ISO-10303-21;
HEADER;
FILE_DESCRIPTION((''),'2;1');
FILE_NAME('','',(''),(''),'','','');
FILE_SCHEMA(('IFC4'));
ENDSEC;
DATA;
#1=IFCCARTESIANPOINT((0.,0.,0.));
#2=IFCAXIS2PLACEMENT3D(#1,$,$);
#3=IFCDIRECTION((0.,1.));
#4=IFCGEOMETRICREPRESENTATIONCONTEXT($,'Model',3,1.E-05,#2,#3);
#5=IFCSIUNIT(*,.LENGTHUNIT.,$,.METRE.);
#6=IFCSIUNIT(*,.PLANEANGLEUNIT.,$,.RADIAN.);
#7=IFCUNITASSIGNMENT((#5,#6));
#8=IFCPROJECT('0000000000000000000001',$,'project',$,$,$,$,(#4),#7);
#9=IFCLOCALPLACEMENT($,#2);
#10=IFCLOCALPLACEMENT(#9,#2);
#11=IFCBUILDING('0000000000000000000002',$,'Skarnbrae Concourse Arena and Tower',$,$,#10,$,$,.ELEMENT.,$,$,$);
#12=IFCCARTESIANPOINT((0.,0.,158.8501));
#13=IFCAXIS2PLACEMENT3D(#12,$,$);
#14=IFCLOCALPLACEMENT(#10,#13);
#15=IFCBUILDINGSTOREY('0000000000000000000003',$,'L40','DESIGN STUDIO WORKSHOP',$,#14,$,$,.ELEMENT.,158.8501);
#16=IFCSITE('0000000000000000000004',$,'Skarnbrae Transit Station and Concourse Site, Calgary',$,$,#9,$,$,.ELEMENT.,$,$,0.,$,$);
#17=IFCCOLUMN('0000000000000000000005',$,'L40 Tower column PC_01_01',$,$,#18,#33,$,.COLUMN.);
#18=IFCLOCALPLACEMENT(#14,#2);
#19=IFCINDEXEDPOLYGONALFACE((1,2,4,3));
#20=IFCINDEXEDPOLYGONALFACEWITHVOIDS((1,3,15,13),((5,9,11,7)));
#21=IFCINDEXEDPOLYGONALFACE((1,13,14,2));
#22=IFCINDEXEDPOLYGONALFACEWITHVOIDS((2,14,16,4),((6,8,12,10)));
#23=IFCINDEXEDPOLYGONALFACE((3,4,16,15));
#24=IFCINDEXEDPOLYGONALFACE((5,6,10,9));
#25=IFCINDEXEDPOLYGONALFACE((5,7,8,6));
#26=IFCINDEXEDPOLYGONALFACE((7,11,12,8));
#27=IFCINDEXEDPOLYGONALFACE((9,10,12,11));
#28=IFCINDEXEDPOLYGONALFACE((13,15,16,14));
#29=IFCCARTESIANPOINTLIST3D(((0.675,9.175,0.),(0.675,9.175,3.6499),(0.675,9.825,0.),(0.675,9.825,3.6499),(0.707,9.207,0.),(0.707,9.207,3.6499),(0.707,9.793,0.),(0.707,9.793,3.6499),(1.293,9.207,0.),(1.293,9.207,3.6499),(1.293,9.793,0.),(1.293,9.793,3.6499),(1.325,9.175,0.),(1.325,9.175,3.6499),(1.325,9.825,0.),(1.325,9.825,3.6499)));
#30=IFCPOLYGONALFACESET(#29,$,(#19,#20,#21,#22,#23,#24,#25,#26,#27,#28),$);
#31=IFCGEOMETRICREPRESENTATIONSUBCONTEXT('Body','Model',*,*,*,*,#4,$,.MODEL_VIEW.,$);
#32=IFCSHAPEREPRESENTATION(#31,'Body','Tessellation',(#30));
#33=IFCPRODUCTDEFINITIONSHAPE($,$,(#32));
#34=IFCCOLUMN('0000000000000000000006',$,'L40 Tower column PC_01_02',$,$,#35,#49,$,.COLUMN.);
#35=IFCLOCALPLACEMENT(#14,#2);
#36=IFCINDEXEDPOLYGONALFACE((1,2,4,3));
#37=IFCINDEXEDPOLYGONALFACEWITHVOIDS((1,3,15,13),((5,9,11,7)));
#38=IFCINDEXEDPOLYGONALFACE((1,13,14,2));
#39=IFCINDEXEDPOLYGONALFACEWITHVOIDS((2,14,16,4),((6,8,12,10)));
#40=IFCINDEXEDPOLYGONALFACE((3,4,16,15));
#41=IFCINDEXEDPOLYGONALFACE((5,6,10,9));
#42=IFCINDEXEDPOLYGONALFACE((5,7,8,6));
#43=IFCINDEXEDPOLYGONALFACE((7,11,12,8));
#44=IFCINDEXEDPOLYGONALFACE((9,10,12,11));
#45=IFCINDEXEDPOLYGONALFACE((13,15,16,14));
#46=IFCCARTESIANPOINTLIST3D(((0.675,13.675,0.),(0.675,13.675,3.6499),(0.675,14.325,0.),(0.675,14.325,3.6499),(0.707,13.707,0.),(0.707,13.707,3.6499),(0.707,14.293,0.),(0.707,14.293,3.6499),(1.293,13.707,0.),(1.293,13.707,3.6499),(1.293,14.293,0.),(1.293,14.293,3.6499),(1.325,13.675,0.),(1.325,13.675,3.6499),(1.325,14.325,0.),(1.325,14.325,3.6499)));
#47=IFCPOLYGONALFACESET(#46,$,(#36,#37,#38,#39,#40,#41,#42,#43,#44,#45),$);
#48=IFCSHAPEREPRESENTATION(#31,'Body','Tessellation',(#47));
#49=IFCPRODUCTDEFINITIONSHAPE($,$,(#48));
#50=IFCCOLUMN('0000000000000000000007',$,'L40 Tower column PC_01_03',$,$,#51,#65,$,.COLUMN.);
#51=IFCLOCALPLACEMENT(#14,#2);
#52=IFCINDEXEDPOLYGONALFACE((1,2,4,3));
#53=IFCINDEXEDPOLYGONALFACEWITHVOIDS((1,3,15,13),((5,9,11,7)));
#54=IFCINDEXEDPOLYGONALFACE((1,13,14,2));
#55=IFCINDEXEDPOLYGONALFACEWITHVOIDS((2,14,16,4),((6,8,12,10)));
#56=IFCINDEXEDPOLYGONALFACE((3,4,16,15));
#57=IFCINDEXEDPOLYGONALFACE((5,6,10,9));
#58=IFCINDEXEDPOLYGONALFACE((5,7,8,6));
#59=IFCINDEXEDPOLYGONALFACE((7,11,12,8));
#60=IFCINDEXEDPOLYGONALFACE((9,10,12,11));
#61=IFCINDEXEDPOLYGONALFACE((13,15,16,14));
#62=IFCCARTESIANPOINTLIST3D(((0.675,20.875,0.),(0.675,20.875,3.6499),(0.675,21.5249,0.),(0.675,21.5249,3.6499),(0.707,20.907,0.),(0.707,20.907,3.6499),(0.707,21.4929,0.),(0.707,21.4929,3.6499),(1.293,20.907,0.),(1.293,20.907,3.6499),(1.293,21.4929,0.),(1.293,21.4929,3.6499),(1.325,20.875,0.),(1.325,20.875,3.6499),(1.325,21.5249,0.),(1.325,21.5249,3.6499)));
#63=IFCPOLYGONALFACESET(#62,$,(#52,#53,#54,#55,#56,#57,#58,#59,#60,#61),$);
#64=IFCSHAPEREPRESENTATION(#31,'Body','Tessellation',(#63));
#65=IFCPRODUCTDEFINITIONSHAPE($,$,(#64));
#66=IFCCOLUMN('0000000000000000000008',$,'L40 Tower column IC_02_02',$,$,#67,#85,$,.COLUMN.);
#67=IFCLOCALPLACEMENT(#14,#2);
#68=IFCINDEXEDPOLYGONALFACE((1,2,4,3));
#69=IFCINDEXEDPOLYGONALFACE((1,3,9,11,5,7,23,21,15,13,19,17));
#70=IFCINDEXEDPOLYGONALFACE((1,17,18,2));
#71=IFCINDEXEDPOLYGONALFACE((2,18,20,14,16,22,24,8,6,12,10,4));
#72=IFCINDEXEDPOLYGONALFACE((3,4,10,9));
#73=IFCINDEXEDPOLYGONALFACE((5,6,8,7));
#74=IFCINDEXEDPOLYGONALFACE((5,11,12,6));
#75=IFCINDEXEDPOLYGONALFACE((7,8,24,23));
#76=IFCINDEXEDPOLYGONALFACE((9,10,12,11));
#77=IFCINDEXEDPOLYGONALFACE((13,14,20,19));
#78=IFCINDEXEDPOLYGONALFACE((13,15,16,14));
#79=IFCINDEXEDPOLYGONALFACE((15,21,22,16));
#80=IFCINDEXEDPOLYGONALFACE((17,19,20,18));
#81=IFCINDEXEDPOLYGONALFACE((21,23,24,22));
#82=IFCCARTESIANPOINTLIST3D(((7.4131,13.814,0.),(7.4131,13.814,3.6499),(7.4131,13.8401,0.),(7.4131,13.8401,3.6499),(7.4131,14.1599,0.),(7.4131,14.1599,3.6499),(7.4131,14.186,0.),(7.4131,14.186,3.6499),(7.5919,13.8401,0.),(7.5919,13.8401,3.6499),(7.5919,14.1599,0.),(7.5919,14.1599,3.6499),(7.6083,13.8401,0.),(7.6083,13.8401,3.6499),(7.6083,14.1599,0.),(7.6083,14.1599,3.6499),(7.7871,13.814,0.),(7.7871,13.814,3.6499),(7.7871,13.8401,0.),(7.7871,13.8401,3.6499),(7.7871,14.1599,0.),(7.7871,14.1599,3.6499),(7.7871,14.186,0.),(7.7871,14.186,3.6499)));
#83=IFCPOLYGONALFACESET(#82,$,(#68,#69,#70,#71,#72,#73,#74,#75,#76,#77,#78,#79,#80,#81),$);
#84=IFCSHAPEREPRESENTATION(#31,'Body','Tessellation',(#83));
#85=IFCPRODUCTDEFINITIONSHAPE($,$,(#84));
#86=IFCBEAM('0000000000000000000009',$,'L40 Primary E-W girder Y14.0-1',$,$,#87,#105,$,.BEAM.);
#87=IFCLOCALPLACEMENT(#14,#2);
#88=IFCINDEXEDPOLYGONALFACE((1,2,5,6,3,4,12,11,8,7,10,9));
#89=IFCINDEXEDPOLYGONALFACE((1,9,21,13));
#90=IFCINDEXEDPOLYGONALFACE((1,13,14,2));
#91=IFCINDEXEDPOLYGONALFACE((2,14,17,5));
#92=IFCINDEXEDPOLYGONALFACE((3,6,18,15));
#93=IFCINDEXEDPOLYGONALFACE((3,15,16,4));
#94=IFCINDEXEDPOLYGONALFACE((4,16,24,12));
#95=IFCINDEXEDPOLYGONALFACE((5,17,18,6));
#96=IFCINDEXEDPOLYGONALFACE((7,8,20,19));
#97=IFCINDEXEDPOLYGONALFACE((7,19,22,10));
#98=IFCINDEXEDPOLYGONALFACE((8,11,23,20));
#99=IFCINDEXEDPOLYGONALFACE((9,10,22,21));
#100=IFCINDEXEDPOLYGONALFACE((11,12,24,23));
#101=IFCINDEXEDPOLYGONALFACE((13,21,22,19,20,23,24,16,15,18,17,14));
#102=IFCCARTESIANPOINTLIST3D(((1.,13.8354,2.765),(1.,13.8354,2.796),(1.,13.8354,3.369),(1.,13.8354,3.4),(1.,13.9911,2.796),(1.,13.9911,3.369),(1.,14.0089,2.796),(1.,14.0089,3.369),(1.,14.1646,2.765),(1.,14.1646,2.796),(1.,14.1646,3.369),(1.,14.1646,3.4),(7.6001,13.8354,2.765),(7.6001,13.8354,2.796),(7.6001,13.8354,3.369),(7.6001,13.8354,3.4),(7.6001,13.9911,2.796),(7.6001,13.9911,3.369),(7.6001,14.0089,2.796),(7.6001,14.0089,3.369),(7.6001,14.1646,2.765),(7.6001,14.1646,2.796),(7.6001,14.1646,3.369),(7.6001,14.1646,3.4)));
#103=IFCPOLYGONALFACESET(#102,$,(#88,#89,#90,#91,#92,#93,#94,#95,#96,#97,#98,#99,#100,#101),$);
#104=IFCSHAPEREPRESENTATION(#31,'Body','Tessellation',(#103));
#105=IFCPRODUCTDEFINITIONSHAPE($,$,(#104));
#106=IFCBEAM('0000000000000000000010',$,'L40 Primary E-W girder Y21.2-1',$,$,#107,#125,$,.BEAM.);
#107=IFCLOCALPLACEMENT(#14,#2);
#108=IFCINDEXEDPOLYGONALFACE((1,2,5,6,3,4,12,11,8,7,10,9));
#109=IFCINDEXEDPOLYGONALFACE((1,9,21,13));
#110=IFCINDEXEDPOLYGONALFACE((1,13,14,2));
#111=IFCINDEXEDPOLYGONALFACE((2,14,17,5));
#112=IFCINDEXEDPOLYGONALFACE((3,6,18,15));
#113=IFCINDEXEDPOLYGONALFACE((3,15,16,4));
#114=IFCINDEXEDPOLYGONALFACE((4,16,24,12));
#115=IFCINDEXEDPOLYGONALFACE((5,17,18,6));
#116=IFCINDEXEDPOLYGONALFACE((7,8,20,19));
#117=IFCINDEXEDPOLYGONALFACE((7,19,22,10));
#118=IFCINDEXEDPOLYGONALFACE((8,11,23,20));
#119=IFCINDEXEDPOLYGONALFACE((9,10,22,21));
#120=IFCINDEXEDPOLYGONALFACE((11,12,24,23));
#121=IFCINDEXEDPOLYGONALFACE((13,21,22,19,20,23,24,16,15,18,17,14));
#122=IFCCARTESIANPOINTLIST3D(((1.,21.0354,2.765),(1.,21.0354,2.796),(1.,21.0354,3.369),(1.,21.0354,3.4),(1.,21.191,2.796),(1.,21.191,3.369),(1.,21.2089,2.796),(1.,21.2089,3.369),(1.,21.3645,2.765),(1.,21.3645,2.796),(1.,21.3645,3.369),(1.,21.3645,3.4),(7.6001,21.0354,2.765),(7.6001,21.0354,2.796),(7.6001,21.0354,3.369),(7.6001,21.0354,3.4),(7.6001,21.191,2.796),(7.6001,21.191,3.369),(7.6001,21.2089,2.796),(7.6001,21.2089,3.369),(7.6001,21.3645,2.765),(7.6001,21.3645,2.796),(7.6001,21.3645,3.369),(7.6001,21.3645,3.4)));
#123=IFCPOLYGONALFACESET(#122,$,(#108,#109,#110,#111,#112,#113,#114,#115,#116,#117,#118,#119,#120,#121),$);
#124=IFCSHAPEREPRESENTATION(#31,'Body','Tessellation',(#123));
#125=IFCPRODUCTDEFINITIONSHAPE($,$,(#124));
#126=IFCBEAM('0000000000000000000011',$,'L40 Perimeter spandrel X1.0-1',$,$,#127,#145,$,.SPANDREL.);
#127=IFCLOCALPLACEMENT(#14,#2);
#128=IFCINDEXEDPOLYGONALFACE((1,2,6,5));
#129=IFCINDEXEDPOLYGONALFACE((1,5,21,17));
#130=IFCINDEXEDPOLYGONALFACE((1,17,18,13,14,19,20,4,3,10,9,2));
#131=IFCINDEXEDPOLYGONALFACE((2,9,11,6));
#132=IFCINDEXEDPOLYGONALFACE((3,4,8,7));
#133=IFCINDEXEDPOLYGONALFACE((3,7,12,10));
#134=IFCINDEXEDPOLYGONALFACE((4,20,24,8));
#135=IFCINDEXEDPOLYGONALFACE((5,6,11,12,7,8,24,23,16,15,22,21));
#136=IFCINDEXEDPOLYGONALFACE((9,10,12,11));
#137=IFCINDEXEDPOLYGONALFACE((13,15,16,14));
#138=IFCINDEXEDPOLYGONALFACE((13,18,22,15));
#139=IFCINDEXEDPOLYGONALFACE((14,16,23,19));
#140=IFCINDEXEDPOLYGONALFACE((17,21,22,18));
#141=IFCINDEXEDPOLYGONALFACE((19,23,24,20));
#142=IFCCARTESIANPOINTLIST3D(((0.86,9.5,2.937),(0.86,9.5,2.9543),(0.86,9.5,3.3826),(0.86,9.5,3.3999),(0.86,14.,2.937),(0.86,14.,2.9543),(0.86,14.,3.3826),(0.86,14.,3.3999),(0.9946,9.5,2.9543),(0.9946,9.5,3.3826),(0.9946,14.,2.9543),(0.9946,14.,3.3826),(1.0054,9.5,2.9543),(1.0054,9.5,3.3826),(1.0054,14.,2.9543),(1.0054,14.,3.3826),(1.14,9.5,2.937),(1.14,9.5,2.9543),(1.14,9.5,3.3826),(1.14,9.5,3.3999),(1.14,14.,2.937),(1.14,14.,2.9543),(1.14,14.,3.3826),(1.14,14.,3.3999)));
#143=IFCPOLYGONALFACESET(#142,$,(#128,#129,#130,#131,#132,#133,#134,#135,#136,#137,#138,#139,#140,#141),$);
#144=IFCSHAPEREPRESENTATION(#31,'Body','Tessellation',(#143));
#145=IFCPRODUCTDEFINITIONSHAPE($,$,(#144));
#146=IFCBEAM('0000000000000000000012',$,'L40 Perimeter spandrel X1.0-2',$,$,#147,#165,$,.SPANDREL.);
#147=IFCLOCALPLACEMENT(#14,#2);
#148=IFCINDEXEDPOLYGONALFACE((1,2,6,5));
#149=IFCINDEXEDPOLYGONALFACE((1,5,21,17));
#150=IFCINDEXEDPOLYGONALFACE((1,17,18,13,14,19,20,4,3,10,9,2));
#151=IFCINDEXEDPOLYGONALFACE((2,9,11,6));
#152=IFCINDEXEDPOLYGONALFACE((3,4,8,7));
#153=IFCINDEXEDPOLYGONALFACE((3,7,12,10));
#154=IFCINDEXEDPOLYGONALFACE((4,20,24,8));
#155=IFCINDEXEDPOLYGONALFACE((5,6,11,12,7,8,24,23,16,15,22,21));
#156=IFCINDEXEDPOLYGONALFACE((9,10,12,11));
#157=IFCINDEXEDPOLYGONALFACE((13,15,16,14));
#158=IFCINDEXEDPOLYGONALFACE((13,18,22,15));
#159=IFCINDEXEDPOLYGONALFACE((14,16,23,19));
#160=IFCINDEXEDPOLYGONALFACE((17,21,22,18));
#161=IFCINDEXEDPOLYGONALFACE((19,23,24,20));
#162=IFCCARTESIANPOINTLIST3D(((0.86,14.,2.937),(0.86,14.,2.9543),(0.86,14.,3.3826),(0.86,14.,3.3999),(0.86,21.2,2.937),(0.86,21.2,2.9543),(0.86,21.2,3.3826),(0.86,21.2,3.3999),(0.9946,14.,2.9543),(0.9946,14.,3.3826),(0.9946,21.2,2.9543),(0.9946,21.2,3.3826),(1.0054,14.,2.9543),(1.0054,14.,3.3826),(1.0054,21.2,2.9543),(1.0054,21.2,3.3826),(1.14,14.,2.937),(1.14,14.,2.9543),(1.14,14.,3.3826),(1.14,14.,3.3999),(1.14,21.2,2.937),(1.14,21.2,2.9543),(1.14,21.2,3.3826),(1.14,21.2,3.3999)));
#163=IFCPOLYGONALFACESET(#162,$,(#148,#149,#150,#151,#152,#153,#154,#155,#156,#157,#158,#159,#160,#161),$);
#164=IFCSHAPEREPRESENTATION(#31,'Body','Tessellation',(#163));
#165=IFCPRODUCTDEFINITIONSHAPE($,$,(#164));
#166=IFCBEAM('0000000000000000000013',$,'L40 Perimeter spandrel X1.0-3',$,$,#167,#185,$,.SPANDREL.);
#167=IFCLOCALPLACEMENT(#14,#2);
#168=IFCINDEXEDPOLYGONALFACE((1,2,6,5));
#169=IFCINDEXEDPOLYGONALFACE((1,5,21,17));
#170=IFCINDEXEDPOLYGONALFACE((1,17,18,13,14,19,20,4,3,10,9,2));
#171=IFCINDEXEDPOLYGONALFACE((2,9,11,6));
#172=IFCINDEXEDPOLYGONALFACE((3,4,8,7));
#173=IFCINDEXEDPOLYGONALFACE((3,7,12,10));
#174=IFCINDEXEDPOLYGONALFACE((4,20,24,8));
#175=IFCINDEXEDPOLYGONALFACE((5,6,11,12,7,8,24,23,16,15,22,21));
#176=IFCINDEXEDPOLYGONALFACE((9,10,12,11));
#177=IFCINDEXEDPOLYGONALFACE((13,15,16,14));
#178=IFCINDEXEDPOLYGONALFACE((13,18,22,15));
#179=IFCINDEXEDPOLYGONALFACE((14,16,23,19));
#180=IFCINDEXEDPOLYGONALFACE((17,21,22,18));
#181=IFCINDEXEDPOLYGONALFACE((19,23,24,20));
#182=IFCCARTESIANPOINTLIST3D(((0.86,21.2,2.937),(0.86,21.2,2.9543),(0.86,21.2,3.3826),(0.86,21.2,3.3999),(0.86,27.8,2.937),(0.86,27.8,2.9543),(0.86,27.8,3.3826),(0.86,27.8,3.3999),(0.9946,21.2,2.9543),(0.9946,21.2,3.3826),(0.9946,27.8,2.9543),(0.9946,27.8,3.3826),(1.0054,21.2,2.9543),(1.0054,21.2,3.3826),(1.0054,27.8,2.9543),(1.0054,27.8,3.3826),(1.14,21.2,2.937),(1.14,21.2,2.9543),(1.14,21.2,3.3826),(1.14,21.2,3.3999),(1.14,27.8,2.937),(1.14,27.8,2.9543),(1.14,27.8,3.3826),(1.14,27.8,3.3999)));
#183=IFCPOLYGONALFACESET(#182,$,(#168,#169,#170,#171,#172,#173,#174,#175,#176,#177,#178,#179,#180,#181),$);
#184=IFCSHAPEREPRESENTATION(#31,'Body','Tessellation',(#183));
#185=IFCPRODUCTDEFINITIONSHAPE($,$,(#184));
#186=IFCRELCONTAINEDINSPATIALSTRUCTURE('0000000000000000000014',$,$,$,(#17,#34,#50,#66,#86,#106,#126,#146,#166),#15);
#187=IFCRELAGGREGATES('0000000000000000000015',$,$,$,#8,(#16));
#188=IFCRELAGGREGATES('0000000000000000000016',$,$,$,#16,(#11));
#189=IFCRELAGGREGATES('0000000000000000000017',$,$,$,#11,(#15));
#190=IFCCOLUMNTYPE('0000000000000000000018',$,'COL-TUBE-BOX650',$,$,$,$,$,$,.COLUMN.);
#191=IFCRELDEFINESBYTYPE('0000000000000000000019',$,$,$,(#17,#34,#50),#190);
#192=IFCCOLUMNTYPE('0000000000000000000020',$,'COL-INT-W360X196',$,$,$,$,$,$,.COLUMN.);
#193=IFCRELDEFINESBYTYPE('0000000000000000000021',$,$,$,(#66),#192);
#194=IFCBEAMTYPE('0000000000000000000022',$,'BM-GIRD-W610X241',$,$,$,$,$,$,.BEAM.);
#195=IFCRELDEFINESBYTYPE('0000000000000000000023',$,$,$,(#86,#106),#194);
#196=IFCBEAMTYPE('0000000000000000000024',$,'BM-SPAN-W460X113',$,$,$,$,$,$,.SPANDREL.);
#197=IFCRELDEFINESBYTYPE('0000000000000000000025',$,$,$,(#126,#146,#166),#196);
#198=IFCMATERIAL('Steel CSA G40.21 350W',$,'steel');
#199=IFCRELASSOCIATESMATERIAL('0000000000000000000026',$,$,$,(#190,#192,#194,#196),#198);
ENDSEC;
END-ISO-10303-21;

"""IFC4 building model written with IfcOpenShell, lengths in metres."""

from ifc_helpers import new_model, si_unit, direction, frame, origin, origin_2d, place, context, subcontext, project, spatial, hollow_rectangle, i_section, extrude, source, transform, mapped, material, material_profile, profile_set, type_object, element, save


model = new_model("IFC4")

# Units and contexts
model_context = context("Model", 3, precision=1e-05, world=origin(), true_north=direction((0.0, 1.0)))
body_context = subcontext(model_context, "Body", "Model", "MODEL_VIEW")
ifc_project = project(units=[si_unit("LENGTHUNIT", "METRE"), si_unit("PLANEANGLEUNIT", "RADIAN")], contexts=[model_context])

# Site, building, storey
site_placement = place(None, origin())
site = spatial("IfcSite", under=ifc_project, at=site_placement, Name="Skarnbrae Transit Station and Concourse Site, Calgary", CompositionType="ELEMENT", RefElevation=0.0)
building_placement = place(site_placement, origin())
building = spatial("IfcBuilding", under=site, at=building_placement, Name="Skarnbrae Concourse Arena and Tower", CompositionType="ELEMENT")
storey_placement = place(building_placement, frame((0.0, 0.0, 158.8501)))
storey = spatial("IfcBuildingStorey", under=building, at=storey_placement, Name="L40", Description="DESIGN STUDIO WORKSHOP", CompositionType="ELEMENT", Elevation=158.8501)

# Columns
ifc_material_1 = material(Name="Steel CSA G40.21 350W", Category="steel")
ifc_material_profile_1 = material_profile(ifc_material_1, hollow_rectangle(XDim=0.6499, YDim=0.6499, WallThickness=0.032, at=origin_2d()), Name="BOX650X650X32")
ifc_profile_set_1 = profile_set([ifc_material_profile_1], Name="Steel CSA G40.21 350W")
column_type_1 = type_object("IfcColumnType", Name="COL-TUBE-BOX650", PredefinedType="COLUMN", material=ifc_profile_set_1)
shared_shape_1 = source(origin(), body_context, "Body", "SweptSolid", [
    extrude(hollow_rectangle(XDim=0.6499, YDim=0.6499, WallThickness=0.032, at=origin_2d()), origin(), (0.0, 0.0, 1.0), 3.6499),
])
for number, where, z_axis, x_axis, name in (
    (1, (1.0, 9.5, 0.0), (0.0, 0.0, 1.0), (1.0, 0.0, 0.0), "L40 Tower column PC_01_01"),
    (2, (1.0, 14.0, 0.0), (0.0, 0.0, 1.0), (1.0, 0.0, 0.0), "L40 Tower column PC_01_02"),
    (3, (1.0, 21.2, 0.0), (0.0, 0.0, 1.0), (1.0, 0.0, 0.0), "L40 Tower column PC_01_03"),
):
    element("IfcColumn", number, at=place(storey_placement, frame(where, z_axis=z_axis, x_axis=x_axis)), inside=storey, type_object=column_type_1, Name=name, PredefinedType="COLUMN", context=body_context, shape_type="MappedRepresentation", body=[
        mapped(shared_shape_1, transform((0.0, 0.0, 0.0))),
    ])
ifc_material_profile_2 = material_profile(ifc_material_1, i_section(OverallWidth=0.374, OverallDepth=0.3721, WebThickness=0.0164, FlangeThickness=0.0261, at=origin_2d()), Name="W360X196")
ifc_profile_set_2 = profile_set([ifc_material_profile_2], Name="Steel CSA G40.21 350W")
column_type_2 = type_object("IfcColumnType", Name="COL-INT-W360X196", PredefinedType="COLUMN", material=ifc_profile_set_2)
shared_shape_2 = source(origin(), body_context, "Body", "SweptSolid", [
    extrude(i_section(OverallWidth=0.374, OverallDepth=0.3721, WebThickness=0.0164, FlangeThickness=0.0261, at=origin_2d()), origin(), (0.0, 0.0, 1.0), 3.6499),
])
column_placement = place(storey_placement, frame((7.6001, 14.0, 0.0), z_axis=(0.0, 0.0, 1.0), x_axis=(1.0, 0.0, 0.0)))
element("IfcColumn", 4, at=column_placement, inside=storey, type_object=column_type_2, Name="L40 Tower column IC_02_02", PredefinedType="COLUMN", context=body_context, shape_type="MappedRepresentation", body=[
    mapped(shared_shape_2, transform((0.0, 0.0, 0.0))),
])

# Beams
ifc_material_profile_3 = material_profile(ifc_material_1, i_section(OverallWidth=0.3291, OverallDepth=0.635, WebThickness=0.0178, FlangeThickness=0.031, at=origin_2d()), Name="W610X241")
ifc_profile_set_3 = profile_set([ifc_material_profile_3], Name="Steel CSA G40.21 350W")
beam_type_1 = type_object("IfcBeamType", Name="BM-GIRD-W610X241", PredefinedType="BEAM", material=ifc_profile_set_3)
shared_shape_3 = source(origin(), body_context, "Body", "SweptSolid", [
    extrude(i_section(OverallWidth=0.3291, OverallDepth=0.635, WebThickness=0.0178, FlangeThickness=0.031, at=origin_2d()), origin(), (0.0, 0.0, 1.0), 6.6001),
])
for number, where, z_axis, x_axis, name in (
    (5, (1.0, 14.0, 3.0825), (1.0, 0.0, 0.0), (0.0, 1.0, 0.0), "L40 Primary E-W girder Y14.0-1"),
    (6, (1.0, 21.2, 3.0825), (1.0, 0.0, 0.0), (0.0, 1.0, 0.0), "L40 Primary E-W girder Y21.2-1"),
):
    element("IfcBeam", number, at=place(storey_placement, frame(where, z_axis=z_axis, x_axis=x_axis)), inside=storey, type_object=beam_type_1, Name=name, PredefinedType="BEAM", context=body_context, shape_type="MappedRepresentation", body=[
        mapped(shared_shape_3, transform((0.0, 0.0, 0.0))),
    ])
ifc_material_profile_4 = material_profile(ifc_material_1, i_section(OverallWidth=0.28, OverallDepth=0.4629, WebThickness=0.0107, FlangeThickness=0.0173, at=origin_2d()), Name="W460X113")
ifc_profile_set_4 = profile_set([ifc_material_profile_4], Name="Steel CSA G40.21 350W")
beam_type_2 = type_object("IfcBeamType", Name="BM-SPAN-W460X113", PredefinedType="SPANDREL", material=ifc_profile_set_4)
shared_shape_4 = source(origin(), body_context, "Body", "SweptSolid", [
    extrude(i_section(OverallWidth=0.28, OverallDepth=0.4629, WebThickness=0.0107, FlangeThickness=0.0173, at=origin_2d()), origin(), (0.0, 0.0, 1.0), 4.5),
])
beam_1_placement = place(storey_placement, frame((1.0, 9.5, 3.1685), z_axis=(0.0, 1.0, 0.0), x_axis=(-1.0, 0.0, 0.0)))
element("IfcBeam", 7, at=beam_1_placement, inside=storey, type_object=beam_type_2, Name="L40 Perimeter spandrel X1.0-1", PredefinedType="SPANDREL", context=body_context, shape_type="MappedRepresentation", body=[
    mapped(shared_shape_4, transform((0.0, 0.0, 0.0))),
])
shared_shape_5 = source(origin(), body_context, "Body", "SweptSolid", [
    extrude(i_section(OverallWidth=0.28, OverallDepth=0.4629, WebThickness=0.0107, FlangeThickness=0.0173, at=origin_2d()), origin(), (0.0, 0.0, 1.0), 7.2),
])
beam_2_placement = place(storey_placement, frame((1.0, 14.0, 3.1685), z_axis=(0.0, 1.0, 0.0), x_axis=(-1.0, 0.0, 0.0)))
element("IfcBeam", 8, at=beam_2_placement, inside=storey, type_object=beam_type_2, Name="L40 Perimeter spandrel X1.0-2", PredefinedType="SPANDREL", context=body_context, shape_type="MappedRepresentation", body=[
    mapped(shared_shape_5, transform((0.0, 0.0, 0.0))),
])
shared_shape_6 = source(origin(), body_context, "Body", "SweptSolid", [
    extrude(i_section(OverallWidth=0.28, OverallDepth=0.4629, WebThickness=0.0107, FlangeThickness=0.0173, at=origin_2d()), origin(), (0.0, 0.0, 1.0), 6.6001),
])
beam_3_placement = place(storey_placement, frame((1.0, 21.2, 3.1685), z_axis=(0.0, 1.0, 0.0), x_axis=(-1.0, 0.0, 0.0)))
element("IfcBeam", 9, at=beam_3_placement, inside=storey, type_object=beam_type_2, Name="L40 Perimeter spandrel X1.0-3", PredefinedType="SPANDREL", context=body_context, shape_type="MappedRepresentation", body=[
    mapped(shared_shape_6, transform((0.0, 0.0, 0.0))),
])

save(model, "model.ifc")
